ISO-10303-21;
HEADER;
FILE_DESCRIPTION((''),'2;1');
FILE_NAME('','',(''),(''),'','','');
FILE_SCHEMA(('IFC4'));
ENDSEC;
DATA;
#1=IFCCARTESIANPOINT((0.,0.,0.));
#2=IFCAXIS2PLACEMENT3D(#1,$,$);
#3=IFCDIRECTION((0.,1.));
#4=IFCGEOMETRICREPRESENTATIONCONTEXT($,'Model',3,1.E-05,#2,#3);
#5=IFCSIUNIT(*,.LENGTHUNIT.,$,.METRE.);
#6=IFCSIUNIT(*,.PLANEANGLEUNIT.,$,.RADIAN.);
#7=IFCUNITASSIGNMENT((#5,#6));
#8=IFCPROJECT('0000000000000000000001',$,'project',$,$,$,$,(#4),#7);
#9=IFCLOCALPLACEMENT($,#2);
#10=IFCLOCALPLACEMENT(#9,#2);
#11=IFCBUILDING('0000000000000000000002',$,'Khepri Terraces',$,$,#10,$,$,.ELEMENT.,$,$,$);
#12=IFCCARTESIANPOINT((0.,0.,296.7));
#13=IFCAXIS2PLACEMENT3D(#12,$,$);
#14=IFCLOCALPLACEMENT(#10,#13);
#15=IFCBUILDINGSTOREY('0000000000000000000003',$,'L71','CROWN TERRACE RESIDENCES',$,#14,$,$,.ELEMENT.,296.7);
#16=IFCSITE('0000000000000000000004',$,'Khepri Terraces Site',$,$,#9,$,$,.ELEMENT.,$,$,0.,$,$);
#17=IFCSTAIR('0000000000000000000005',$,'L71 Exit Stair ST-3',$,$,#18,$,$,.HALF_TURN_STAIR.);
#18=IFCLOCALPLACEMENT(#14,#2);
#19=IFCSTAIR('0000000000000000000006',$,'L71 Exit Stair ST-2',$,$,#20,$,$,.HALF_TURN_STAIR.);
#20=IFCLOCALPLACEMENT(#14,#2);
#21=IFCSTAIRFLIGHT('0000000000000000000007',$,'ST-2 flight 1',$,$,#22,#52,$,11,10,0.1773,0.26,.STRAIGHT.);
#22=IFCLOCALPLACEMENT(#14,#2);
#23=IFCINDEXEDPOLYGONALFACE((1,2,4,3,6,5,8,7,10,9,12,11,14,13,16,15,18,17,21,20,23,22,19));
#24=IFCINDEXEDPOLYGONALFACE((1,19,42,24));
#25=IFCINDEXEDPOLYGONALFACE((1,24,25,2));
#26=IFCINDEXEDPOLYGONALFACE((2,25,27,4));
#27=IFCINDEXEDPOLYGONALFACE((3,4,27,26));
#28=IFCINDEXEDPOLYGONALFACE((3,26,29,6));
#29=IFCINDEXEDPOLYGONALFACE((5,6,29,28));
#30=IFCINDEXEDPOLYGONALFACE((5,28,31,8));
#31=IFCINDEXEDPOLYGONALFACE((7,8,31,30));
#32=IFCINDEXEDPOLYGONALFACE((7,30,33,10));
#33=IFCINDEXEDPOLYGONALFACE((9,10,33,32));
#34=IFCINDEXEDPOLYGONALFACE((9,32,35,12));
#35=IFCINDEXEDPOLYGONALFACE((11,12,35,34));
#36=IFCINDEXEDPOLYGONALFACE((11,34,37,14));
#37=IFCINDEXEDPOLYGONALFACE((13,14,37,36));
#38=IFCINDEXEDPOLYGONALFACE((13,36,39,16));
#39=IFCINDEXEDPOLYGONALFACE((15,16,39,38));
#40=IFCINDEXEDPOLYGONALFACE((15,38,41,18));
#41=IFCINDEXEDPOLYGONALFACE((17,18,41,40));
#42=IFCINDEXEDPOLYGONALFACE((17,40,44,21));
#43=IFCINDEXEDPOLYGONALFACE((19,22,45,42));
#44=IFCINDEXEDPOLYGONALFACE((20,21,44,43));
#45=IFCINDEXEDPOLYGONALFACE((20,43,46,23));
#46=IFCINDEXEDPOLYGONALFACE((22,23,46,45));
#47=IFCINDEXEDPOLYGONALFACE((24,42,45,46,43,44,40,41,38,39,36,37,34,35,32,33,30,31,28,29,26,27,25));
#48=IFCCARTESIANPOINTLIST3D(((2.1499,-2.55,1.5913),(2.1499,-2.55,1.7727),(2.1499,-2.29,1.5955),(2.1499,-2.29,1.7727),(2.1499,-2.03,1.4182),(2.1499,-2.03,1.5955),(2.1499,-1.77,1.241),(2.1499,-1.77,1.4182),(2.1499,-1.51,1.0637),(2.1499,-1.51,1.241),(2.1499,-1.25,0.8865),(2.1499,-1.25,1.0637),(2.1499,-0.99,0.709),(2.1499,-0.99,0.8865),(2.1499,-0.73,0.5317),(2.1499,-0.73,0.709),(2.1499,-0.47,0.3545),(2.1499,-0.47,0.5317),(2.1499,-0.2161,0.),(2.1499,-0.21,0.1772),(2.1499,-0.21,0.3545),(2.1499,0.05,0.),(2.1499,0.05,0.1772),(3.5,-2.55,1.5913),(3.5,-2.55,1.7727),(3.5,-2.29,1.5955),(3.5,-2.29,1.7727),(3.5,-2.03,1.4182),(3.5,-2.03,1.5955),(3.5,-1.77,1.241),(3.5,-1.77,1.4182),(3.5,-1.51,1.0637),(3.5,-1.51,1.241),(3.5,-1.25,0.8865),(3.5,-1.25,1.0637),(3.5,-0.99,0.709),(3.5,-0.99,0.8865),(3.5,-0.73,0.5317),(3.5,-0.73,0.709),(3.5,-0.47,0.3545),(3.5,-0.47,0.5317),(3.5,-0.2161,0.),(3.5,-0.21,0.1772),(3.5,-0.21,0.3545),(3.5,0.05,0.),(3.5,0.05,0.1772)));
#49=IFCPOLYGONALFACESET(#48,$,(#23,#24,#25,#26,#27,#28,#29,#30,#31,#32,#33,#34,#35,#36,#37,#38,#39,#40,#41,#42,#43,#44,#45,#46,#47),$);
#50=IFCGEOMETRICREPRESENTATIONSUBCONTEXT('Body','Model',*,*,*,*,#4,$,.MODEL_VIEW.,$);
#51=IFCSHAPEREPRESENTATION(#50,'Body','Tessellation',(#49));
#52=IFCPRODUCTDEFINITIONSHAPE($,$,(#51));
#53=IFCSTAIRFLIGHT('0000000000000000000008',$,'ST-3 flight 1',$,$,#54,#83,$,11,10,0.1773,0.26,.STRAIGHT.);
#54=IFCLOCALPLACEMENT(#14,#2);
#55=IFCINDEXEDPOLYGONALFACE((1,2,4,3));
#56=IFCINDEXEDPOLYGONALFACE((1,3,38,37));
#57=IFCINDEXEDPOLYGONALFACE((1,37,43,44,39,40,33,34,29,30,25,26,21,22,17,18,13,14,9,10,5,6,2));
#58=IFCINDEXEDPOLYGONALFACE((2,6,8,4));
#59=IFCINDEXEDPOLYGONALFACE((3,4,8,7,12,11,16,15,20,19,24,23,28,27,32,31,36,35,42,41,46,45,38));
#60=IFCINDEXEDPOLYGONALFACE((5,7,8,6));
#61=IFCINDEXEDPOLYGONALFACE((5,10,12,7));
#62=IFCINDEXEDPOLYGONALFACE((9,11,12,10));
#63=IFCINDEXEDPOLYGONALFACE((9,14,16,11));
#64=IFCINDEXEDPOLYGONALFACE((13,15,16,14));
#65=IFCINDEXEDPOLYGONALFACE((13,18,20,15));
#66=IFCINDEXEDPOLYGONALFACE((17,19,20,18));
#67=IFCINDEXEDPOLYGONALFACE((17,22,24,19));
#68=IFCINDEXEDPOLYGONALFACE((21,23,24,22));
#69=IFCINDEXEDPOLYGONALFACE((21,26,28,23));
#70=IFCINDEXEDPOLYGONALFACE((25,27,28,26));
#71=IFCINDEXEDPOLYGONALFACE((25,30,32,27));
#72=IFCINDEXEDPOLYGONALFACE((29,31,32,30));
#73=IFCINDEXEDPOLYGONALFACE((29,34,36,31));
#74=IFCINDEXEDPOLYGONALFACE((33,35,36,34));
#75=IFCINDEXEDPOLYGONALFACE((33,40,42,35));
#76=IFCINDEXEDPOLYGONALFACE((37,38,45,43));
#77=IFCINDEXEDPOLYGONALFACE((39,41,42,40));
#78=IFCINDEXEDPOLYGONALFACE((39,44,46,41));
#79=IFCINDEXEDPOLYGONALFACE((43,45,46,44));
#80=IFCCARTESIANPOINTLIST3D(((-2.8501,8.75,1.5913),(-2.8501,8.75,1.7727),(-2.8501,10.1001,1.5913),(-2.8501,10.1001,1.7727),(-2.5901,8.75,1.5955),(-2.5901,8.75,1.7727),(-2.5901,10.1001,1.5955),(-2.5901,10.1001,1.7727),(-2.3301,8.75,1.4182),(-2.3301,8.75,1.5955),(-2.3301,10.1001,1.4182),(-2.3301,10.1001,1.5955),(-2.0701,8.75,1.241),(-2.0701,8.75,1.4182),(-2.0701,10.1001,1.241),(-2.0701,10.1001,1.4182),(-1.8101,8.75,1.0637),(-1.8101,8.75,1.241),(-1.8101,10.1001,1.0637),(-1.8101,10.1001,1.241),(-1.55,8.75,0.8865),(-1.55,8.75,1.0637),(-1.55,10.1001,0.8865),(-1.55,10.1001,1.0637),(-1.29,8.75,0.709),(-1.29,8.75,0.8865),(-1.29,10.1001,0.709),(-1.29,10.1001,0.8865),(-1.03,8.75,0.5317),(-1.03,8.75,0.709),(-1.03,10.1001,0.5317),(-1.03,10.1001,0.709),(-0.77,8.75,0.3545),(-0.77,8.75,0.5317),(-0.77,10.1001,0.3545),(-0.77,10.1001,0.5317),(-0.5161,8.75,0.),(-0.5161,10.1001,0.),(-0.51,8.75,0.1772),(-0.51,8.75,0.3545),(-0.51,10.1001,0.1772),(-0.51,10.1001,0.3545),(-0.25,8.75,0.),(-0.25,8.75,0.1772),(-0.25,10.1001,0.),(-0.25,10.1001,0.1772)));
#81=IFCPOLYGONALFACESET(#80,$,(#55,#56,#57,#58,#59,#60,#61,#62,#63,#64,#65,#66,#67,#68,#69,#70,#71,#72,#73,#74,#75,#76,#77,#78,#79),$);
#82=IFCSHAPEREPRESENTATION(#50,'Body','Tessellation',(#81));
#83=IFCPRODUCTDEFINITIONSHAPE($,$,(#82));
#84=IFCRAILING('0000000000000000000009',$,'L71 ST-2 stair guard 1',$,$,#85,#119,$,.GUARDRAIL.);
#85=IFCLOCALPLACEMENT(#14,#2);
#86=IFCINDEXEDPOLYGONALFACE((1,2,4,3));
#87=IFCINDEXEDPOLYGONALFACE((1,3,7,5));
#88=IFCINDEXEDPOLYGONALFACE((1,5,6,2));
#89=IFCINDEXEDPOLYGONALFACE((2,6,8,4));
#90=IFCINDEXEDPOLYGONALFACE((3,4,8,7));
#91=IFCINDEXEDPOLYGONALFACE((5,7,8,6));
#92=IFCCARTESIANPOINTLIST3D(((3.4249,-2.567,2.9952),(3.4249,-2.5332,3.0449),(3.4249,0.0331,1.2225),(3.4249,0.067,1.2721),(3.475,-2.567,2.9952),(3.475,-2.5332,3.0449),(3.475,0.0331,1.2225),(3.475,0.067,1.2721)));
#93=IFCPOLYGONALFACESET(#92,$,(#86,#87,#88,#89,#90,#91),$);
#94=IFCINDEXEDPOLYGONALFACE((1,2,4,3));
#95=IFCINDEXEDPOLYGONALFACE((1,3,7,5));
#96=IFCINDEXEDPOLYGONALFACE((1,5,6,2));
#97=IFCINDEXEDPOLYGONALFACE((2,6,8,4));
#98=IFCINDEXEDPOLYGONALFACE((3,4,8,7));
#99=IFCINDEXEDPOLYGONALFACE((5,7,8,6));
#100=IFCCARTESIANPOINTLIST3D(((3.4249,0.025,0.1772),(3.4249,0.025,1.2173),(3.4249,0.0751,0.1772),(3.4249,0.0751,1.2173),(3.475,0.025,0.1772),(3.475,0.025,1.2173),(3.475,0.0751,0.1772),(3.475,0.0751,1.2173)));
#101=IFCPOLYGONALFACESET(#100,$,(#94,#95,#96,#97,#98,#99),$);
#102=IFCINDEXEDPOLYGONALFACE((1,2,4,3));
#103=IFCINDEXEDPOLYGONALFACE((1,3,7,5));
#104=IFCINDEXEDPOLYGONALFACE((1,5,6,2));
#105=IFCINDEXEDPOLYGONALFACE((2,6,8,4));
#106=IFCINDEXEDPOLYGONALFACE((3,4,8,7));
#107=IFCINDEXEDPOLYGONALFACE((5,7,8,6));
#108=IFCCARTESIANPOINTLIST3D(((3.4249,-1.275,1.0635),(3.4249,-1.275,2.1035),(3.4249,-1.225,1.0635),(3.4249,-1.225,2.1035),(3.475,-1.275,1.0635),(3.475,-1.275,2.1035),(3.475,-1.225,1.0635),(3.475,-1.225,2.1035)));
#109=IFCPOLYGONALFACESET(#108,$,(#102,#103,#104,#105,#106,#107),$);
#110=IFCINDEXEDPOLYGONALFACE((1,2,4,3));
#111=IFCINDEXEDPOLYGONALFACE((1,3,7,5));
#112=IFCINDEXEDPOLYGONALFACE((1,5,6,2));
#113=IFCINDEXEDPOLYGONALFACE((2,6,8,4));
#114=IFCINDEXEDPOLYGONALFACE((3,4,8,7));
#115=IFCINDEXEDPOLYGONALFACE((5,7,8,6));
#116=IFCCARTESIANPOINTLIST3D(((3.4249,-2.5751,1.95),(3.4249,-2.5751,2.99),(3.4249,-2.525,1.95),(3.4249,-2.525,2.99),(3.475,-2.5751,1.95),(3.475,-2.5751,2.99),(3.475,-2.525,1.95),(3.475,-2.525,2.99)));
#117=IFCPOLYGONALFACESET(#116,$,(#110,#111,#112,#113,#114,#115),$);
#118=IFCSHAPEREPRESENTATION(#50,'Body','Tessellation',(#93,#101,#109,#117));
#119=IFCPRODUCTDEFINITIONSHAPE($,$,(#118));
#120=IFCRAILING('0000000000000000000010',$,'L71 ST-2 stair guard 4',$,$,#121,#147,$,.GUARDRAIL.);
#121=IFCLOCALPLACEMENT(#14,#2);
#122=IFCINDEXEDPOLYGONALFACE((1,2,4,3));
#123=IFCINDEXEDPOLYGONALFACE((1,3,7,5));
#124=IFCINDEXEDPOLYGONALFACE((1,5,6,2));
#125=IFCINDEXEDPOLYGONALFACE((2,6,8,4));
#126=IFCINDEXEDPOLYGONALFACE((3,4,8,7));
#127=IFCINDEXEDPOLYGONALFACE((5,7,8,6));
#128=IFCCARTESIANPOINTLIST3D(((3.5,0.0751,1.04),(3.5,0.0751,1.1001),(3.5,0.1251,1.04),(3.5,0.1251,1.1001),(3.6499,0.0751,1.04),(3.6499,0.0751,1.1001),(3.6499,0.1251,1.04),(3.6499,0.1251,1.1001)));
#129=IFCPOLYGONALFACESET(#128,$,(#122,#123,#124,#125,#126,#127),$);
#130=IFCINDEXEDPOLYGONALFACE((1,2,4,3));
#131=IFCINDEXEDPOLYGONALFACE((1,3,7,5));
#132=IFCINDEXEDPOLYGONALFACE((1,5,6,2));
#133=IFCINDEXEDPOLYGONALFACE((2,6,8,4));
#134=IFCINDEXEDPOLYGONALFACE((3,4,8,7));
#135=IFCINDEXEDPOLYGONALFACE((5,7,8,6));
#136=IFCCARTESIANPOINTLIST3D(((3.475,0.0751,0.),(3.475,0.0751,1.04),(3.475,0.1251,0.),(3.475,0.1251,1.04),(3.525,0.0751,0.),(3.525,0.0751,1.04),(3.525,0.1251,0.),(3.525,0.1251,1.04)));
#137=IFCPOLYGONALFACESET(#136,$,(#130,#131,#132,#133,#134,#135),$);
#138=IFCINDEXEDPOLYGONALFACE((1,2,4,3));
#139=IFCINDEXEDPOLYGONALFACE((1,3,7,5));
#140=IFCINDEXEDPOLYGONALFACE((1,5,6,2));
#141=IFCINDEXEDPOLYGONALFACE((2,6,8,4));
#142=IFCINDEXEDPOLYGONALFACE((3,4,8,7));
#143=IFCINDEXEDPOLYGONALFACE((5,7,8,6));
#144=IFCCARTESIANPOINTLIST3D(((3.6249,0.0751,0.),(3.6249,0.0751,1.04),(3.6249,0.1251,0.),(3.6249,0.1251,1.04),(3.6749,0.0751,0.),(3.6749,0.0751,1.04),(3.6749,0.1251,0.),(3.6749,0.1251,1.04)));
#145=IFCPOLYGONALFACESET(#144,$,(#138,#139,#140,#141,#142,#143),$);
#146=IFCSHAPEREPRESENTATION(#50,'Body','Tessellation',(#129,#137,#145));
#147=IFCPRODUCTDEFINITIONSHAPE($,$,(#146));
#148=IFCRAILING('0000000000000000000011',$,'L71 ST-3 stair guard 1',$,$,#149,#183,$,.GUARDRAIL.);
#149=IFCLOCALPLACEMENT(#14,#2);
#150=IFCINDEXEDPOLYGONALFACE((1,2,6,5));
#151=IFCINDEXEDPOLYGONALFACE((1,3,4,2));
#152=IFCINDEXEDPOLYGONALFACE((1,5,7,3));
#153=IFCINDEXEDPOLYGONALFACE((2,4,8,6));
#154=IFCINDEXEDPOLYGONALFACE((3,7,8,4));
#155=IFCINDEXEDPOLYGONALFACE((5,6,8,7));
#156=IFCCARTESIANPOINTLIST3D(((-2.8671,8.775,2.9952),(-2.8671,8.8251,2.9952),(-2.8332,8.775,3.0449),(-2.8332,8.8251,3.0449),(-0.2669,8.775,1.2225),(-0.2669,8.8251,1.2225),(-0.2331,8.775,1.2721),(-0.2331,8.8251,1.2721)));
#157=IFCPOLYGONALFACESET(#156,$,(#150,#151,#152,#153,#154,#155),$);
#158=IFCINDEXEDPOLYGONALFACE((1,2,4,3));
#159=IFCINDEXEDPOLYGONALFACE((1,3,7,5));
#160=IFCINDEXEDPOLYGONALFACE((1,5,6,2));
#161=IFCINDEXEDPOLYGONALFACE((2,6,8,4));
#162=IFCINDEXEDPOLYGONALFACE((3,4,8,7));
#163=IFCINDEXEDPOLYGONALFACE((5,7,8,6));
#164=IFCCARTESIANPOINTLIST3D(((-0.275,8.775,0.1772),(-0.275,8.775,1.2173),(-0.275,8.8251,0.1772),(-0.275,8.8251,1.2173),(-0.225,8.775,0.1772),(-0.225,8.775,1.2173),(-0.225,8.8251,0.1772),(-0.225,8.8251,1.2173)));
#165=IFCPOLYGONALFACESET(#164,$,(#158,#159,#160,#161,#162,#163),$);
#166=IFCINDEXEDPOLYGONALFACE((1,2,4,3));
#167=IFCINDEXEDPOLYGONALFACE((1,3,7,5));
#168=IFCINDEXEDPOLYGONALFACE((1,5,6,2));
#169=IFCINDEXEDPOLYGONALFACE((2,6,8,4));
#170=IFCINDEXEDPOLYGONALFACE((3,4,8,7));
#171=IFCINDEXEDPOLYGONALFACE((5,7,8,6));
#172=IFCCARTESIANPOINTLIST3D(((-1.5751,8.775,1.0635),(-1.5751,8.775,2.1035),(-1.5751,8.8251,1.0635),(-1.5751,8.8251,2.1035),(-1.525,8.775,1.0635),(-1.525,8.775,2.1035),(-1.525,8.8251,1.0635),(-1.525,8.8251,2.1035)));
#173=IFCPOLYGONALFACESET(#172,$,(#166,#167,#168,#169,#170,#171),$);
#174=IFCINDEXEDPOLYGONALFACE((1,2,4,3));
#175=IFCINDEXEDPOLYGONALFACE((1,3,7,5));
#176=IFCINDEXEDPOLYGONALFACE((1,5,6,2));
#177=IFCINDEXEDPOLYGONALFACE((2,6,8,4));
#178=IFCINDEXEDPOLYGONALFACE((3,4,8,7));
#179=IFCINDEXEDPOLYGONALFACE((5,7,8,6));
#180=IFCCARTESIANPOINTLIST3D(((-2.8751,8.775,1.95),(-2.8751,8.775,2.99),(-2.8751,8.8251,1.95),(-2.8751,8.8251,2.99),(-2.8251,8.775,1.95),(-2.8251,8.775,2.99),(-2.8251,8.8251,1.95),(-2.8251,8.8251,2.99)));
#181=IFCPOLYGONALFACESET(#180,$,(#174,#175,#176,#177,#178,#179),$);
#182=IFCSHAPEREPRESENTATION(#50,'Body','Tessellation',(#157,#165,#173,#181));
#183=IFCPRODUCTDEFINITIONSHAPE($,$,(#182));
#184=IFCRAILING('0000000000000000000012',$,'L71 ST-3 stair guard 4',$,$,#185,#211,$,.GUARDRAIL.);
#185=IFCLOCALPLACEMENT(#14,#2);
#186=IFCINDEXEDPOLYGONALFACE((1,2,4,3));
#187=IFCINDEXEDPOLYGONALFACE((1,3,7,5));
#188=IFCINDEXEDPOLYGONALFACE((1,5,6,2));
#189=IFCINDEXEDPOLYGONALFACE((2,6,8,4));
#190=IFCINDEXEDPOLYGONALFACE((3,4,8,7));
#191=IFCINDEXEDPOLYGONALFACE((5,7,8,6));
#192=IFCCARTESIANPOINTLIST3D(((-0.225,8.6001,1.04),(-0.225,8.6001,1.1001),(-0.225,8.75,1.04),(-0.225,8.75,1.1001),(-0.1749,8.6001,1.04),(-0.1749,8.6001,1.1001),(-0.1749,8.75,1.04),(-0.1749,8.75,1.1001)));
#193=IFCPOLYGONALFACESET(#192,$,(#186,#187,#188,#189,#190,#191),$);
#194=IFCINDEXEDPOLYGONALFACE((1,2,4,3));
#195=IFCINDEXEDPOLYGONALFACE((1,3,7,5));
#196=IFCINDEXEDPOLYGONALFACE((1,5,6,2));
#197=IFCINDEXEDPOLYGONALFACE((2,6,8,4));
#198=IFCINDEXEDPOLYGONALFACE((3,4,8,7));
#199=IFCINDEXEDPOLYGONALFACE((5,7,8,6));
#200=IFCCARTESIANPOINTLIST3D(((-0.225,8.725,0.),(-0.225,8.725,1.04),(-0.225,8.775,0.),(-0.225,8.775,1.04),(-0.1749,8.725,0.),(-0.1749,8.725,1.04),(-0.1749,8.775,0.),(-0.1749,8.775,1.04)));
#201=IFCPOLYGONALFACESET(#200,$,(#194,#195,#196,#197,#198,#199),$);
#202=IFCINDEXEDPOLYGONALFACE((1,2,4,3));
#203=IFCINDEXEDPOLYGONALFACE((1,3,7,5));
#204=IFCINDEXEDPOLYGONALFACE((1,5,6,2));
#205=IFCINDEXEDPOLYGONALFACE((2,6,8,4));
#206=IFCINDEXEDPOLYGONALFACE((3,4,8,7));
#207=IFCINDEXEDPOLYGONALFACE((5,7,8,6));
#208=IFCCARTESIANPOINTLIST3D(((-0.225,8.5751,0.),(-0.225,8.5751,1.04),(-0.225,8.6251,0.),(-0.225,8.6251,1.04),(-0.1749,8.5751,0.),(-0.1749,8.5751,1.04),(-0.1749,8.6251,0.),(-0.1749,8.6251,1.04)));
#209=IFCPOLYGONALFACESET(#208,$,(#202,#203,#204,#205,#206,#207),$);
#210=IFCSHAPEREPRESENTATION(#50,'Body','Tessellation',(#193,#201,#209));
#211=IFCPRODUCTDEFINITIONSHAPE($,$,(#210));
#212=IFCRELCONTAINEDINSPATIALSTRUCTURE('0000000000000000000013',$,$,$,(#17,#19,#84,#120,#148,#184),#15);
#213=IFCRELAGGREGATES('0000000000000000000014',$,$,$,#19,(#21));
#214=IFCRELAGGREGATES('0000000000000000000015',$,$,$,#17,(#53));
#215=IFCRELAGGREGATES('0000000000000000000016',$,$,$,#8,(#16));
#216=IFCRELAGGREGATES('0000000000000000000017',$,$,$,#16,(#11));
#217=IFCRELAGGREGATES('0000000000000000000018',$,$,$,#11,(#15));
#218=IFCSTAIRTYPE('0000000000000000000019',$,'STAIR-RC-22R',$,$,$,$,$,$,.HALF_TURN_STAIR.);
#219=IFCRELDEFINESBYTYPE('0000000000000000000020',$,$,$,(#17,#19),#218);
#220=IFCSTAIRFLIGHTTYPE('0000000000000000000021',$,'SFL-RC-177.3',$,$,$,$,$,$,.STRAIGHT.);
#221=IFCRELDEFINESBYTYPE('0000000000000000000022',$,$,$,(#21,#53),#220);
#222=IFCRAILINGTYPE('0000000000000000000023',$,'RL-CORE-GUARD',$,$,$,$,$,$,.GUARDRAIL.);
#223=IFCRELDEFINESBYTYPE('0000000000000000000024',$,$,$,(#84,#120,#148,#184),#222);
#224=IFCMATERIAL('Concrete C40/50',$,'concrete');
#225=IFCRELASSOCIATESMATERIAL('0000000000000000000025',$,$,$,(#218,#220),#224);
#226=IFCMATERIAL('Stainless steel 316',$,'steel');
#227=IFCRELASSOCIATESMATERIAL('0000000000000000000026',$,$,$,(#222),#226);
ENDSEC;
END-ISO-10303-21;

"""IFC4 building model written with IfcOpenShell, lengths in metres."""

from ifc_helpers import new_model, si_unit, direction, frame, origin, origin_2d, place, context, subcontext, project, spatial, polyline, rectangle, outline, extrude, material, type_object, element, aggregate, save


model = new_model("IFC4")

# Units and contexts
model_context = context("Model", 3, precision=1e-05, world=origin(), true_north=direction((0.0, 1.0)))
body_context = subcontext(model_context, "Body", "Model", "MODEL_VIEW")
ifc_project = project(units=[si_unit("LENGTHUNIT", "METRE"), si_unit("PLANEANGLEUNIT", "RADIAN")], contexts=[model_context])

# Site, building, storey
site_placement = place(None, origin())
site = spatial("IfcSite", under=ifc_project, at=site_placement, Name="Khepri Terraces Site", CompositionType="ELEMENT", RefElevation=0.0)
building_placement = place(site_placement, origin())
building = spatial("IfcBuilding", under=site, at=building_placement, Name="Khepri Terraces", CompositionType="ELEMENT")
storey_placement = place(building_placement, frame((0.0, 0.0, 296.7)))
storey = spatial("IfcBuildingStorey", under=building, at=storey_placement, Name="L71", Description="CROWN TERRACE RESIDENCES", CompositionType="ELEMENT", Elevation=296.7)

# Shared definitions
ifc_material_1 = material(Name="Concrete C40/50", Category="concrete")

# Stair
stair_type = type_object("IfcStairType", Name="STAIR-RC-22R", PredefinedType="HALF_TURN_STAIR", material=ifc_material_1)
stair_1_placement = place(storey_placement, origin())
stair_1 = element("IfcStair", 1, at=stair_1_placement, inside=storey, type_object=stair_type, Name="L71 Exit Stair ST-3", PredefinedType="HALF_TURN_STAIR")

# Stair, stair flight
stair_2_placement = place(storey_placement, origin())
stair_2 = element("IfcStair", 2, at=stair_2_placement, inside=storey, type_object=stair_type, Name="L71 Exit Stair ST-2", PredefinedType="HALF_TURN_STAIR")
stair_flight_type = type_object("IfcStairFlightType", Name="SFL-RC-177.3", PredefinedType="STRAIGHT", material=ifc_material_1)
stair_flight_1_placement = place(storey_placement, frame((2.825, 0.05, 0.0), z_axis=(0.0, 0.0, 1.0), x_axis=(0.0, -1.0, 0.0)))
stair_flight_1 = element("IfcStairFlight", 3, at=stair_flight_1_placement, type_object=stair_flight_type, Name="ST-2 flight 1", NumberOfRisers=11, NumberOfTreads=10, PredefinedType="STRAIGHT", RiserHeight=0.1773, TreadLength=0.26, context=body_context, shape_type="SweptSolid", body=[
    extrude(outline(polyline([(0.0, 0.0), (0.0, 0.1772), (0.26, 0.1772), (0.26, 0.3545), (0.52, 0.3545), (0.52, 0.5317), (0.78, 0.5317), (0.78, 0.709), (1.04, 0.709), (1.04, 0.8865), (1.3, 0.8865), (1.3, 1.0637), (1.5601, 1.0637), (1.5601, 1.241), (1.8201, 1.241), (1.8201, 1.4182), (2.0801, 1.4182), (2.0801, 1.5955), (2.3401, 1.5955), (2.3401, 1.7727), (2.6001, 1.7727), (2.6001, 1.95), (2.6001, 1.5913), (0.2661, 0.0), (0.0, 0.0)])), frame((0.0, 0.675, 0.0), z_axis=(0.0, -1.0, 0.0), x_axis=(1.0, 0.0, 0.0)), (0.0, 0.0, 1.0), 1.3501),
])
aggregate(stair_2, [stair_flight_1])

# Stair flight
stair_flight_2_placement = place(storey_placement, frame((-0.25, 9.425, 0.0), z_axis=(0.0, 0.0, 1.0), x_axis=(-1.0, 0.0, 0.0)))
stair_flight_2 = element("IfcStairFlight", 4, at=stair_flight_2_placement, type_object=stair_flight_type, Name="ST-3 flight 1", NumberOfRisers=11, NumberOfTreads=10, PredefinedType="STRAIGHT", RiserHeight=0.1773, TreadLength=0.26, context=body_context, shape_type="SweptSolid", body=[
    extrude(outline(polyline([(0.0, 0.0), (0.0, 0.1772), (0.26, 0.1772), (0.26, 0.3545), (0.52, 0.3545), (0.52, 0.5317), (0.78, 0.5317), (0.78, 0.709), (1.04, 0.709), (1.04, 0.8865), (1.3, 0.8865), (1.3, 1.0637), (1.5601, 1.0637), (1.5601, 1.241), (1.8201, 1.241), (1.8201, 1.4182), (2.0801, 1.4182), (2.0801, 1.5955), (2.3401, 1.5955), (2.3401, 1.7727), (2.6001, 1.7727), (2.6001, 1.95), (2.6001, 1.5913), (0.2661, 0.0), (0.0, 0.0)])), frame((0.0, 0.675, 0.0), z_axis=(0.0, -1.0, 0.0), x_axis=(1.0, 0.0, 0.0)), (0.0, 0.0, 1.0), 1.3501),
])
aggregate(stair_1, [stair_flight_2])

# Railings
ifc_material_2 = material(Name="Stainless steel 316", Category="steel")
railing_type_1 = type_object("IfcRailingType", Name="RL-CORE-GUARD", PredefinedType="GUARDRAIL", material=ifc_material_2)
railing_1_placement = place(storey_placement, frame((3.45, 0.05, 0.1772)))
element("IfcRailing", 5, at=railing_1_placement, inside=storey, type_object=railing_type_1, Name="L71 ST-2 stair guard 1", PredefinedType="GUARDRAIL", context=body_context, shape_type="SweptSolid", body=[
    extrude(rectangle(XDim=0.05, YDim=0.0601, at=origin_2d()), frame((0.0, 0.0, 1.0701), z_axis=(0.0, -0.82624, 0.563318), x_axis=(1.0, 0.0, 0.0)), (0.0, 0.0, 1.0), 3.147),
    extrude(rectangle(XDim=0.05, YDim=0.05, at=origin_2d()), origin(), (0.0, 0.0, 1.0), 1.04),
    extrude(rectangle(XDim=0.05, YDim=0.05, at=origin_2d()), frame((0.0, -1.3, 0.8862)), (0.0, 0.0, 1.0), 1.04),
    extrude(rectangle(XDim=0.05, YDim=0.05, at=origin_2d()), frame((0.0, -2.6001, 1.7727)), (0.0, 0.0, 1.0), 1.04),
])
railing_2_placement = place(storey_placement, frame((3.5, 0.1001, 0.0)))
element("IfcRailing", 6, at=railing_2_placement, inside=storey, type_object=railing_type_1, Name="L71 ST-2 stair guard 4", PredefinedType="GUARDRAIL", context=body_context, shape_type="SweptSolid", body=[
    extrude(rectangle(XDim=0.05, YDim=0.0601, at=origin_2d()), frame((0.0, 0.0, 1.0701), z_axis=(1.0, 0.0, 0.0), x_axis=(0.0, 1.0, 0.0)), (0.0, 0.0, 1.0), 0.1499),
    extrude(rectangle(XDim=0.05, YDim=0.05, at=origin_2d()), origin(), (0.0, 0.0, 1.0), 1.04),
    extrude(rectangle(XDim=0.05, YDim=0.05, at=origin_2d()), frame((0.1499, 0.0, 0.0)), (0.0, 0.0, 1.0), 1.04),
])
railing_3_placement = place(storey_placement, frame((-0.25, 8.8, 0.1772)))
element("IfcRailing", 7, at=railing_3_placement, inside=storey, type_object=railing_type_1, Name="L71 ST-3 stair guard 1", PredefinedType="GUARDRAIL", context=body_context, shape_type="SweptSolid", body=[
    extrude(rectangle(XDim=0.05, YDim=0.0601, at=origin_2d()), frame((0.0, 0.0, 1.0701), z_axis=(-0.82624, 0.0, 0.563318), x_axis=(0.0, -1.0, 0.0)), (0.0, 0.0, 1.0), 3.147),
    extrude(rectangle(XDim=0.05, YDim=0.05, at=origin_2d()), origin(), (0.0, 0.0, 1.0), 1.04),
    extrude(rectangle(XDim=0.05, YDim=0.05, at=origin_2d()), frame((-1.3, 0.0, 0.8862)), (0.0, 0.0, 1.0), 1.04),
    extrude(rectangle(XDim=0.05, YDim=0.05, at=origin_2d()), frame((-2.6001, 0.0, 1.7727)), (0.0, 0.0, 1.0), 1.04),
])
railing_4_placement = place(storey_placement, frame((-0.2, 8.75, 0.0)))
element("IfcRailing", 8, at=railing_4_placement, inside=storey, type_object=railing_type_1, Name="L71 ST-3 stair guard 4", PredefinedType="GUARDRAIL", context=body_context, shape_type="SweptSolid", body=[
    extrude(rectangle(XDim=0.05, YDim=0.0601, at=origin_2d()), frame((0.0, 0.0, 1.0701), z_axis=(0.0, -1.0, 0.0), x_axis=(1.0, 0.0, 0.0)), (0.0, 0.0, 1.0), 0.1499),
    extrude(rectangle(XDim=0.05, YDim=0.05, at=origin_2d()), origin(), (0.0, 0.0, 1.0), 1.04),
    extrude(rectangle(XDim=0.05, YDim=0.05, at=origin_2d()), frame((0.0, -0.1499, 0.0)), (0.0, 0.0, 1.0), 1.04),
])

save(model, "model.ifc")
